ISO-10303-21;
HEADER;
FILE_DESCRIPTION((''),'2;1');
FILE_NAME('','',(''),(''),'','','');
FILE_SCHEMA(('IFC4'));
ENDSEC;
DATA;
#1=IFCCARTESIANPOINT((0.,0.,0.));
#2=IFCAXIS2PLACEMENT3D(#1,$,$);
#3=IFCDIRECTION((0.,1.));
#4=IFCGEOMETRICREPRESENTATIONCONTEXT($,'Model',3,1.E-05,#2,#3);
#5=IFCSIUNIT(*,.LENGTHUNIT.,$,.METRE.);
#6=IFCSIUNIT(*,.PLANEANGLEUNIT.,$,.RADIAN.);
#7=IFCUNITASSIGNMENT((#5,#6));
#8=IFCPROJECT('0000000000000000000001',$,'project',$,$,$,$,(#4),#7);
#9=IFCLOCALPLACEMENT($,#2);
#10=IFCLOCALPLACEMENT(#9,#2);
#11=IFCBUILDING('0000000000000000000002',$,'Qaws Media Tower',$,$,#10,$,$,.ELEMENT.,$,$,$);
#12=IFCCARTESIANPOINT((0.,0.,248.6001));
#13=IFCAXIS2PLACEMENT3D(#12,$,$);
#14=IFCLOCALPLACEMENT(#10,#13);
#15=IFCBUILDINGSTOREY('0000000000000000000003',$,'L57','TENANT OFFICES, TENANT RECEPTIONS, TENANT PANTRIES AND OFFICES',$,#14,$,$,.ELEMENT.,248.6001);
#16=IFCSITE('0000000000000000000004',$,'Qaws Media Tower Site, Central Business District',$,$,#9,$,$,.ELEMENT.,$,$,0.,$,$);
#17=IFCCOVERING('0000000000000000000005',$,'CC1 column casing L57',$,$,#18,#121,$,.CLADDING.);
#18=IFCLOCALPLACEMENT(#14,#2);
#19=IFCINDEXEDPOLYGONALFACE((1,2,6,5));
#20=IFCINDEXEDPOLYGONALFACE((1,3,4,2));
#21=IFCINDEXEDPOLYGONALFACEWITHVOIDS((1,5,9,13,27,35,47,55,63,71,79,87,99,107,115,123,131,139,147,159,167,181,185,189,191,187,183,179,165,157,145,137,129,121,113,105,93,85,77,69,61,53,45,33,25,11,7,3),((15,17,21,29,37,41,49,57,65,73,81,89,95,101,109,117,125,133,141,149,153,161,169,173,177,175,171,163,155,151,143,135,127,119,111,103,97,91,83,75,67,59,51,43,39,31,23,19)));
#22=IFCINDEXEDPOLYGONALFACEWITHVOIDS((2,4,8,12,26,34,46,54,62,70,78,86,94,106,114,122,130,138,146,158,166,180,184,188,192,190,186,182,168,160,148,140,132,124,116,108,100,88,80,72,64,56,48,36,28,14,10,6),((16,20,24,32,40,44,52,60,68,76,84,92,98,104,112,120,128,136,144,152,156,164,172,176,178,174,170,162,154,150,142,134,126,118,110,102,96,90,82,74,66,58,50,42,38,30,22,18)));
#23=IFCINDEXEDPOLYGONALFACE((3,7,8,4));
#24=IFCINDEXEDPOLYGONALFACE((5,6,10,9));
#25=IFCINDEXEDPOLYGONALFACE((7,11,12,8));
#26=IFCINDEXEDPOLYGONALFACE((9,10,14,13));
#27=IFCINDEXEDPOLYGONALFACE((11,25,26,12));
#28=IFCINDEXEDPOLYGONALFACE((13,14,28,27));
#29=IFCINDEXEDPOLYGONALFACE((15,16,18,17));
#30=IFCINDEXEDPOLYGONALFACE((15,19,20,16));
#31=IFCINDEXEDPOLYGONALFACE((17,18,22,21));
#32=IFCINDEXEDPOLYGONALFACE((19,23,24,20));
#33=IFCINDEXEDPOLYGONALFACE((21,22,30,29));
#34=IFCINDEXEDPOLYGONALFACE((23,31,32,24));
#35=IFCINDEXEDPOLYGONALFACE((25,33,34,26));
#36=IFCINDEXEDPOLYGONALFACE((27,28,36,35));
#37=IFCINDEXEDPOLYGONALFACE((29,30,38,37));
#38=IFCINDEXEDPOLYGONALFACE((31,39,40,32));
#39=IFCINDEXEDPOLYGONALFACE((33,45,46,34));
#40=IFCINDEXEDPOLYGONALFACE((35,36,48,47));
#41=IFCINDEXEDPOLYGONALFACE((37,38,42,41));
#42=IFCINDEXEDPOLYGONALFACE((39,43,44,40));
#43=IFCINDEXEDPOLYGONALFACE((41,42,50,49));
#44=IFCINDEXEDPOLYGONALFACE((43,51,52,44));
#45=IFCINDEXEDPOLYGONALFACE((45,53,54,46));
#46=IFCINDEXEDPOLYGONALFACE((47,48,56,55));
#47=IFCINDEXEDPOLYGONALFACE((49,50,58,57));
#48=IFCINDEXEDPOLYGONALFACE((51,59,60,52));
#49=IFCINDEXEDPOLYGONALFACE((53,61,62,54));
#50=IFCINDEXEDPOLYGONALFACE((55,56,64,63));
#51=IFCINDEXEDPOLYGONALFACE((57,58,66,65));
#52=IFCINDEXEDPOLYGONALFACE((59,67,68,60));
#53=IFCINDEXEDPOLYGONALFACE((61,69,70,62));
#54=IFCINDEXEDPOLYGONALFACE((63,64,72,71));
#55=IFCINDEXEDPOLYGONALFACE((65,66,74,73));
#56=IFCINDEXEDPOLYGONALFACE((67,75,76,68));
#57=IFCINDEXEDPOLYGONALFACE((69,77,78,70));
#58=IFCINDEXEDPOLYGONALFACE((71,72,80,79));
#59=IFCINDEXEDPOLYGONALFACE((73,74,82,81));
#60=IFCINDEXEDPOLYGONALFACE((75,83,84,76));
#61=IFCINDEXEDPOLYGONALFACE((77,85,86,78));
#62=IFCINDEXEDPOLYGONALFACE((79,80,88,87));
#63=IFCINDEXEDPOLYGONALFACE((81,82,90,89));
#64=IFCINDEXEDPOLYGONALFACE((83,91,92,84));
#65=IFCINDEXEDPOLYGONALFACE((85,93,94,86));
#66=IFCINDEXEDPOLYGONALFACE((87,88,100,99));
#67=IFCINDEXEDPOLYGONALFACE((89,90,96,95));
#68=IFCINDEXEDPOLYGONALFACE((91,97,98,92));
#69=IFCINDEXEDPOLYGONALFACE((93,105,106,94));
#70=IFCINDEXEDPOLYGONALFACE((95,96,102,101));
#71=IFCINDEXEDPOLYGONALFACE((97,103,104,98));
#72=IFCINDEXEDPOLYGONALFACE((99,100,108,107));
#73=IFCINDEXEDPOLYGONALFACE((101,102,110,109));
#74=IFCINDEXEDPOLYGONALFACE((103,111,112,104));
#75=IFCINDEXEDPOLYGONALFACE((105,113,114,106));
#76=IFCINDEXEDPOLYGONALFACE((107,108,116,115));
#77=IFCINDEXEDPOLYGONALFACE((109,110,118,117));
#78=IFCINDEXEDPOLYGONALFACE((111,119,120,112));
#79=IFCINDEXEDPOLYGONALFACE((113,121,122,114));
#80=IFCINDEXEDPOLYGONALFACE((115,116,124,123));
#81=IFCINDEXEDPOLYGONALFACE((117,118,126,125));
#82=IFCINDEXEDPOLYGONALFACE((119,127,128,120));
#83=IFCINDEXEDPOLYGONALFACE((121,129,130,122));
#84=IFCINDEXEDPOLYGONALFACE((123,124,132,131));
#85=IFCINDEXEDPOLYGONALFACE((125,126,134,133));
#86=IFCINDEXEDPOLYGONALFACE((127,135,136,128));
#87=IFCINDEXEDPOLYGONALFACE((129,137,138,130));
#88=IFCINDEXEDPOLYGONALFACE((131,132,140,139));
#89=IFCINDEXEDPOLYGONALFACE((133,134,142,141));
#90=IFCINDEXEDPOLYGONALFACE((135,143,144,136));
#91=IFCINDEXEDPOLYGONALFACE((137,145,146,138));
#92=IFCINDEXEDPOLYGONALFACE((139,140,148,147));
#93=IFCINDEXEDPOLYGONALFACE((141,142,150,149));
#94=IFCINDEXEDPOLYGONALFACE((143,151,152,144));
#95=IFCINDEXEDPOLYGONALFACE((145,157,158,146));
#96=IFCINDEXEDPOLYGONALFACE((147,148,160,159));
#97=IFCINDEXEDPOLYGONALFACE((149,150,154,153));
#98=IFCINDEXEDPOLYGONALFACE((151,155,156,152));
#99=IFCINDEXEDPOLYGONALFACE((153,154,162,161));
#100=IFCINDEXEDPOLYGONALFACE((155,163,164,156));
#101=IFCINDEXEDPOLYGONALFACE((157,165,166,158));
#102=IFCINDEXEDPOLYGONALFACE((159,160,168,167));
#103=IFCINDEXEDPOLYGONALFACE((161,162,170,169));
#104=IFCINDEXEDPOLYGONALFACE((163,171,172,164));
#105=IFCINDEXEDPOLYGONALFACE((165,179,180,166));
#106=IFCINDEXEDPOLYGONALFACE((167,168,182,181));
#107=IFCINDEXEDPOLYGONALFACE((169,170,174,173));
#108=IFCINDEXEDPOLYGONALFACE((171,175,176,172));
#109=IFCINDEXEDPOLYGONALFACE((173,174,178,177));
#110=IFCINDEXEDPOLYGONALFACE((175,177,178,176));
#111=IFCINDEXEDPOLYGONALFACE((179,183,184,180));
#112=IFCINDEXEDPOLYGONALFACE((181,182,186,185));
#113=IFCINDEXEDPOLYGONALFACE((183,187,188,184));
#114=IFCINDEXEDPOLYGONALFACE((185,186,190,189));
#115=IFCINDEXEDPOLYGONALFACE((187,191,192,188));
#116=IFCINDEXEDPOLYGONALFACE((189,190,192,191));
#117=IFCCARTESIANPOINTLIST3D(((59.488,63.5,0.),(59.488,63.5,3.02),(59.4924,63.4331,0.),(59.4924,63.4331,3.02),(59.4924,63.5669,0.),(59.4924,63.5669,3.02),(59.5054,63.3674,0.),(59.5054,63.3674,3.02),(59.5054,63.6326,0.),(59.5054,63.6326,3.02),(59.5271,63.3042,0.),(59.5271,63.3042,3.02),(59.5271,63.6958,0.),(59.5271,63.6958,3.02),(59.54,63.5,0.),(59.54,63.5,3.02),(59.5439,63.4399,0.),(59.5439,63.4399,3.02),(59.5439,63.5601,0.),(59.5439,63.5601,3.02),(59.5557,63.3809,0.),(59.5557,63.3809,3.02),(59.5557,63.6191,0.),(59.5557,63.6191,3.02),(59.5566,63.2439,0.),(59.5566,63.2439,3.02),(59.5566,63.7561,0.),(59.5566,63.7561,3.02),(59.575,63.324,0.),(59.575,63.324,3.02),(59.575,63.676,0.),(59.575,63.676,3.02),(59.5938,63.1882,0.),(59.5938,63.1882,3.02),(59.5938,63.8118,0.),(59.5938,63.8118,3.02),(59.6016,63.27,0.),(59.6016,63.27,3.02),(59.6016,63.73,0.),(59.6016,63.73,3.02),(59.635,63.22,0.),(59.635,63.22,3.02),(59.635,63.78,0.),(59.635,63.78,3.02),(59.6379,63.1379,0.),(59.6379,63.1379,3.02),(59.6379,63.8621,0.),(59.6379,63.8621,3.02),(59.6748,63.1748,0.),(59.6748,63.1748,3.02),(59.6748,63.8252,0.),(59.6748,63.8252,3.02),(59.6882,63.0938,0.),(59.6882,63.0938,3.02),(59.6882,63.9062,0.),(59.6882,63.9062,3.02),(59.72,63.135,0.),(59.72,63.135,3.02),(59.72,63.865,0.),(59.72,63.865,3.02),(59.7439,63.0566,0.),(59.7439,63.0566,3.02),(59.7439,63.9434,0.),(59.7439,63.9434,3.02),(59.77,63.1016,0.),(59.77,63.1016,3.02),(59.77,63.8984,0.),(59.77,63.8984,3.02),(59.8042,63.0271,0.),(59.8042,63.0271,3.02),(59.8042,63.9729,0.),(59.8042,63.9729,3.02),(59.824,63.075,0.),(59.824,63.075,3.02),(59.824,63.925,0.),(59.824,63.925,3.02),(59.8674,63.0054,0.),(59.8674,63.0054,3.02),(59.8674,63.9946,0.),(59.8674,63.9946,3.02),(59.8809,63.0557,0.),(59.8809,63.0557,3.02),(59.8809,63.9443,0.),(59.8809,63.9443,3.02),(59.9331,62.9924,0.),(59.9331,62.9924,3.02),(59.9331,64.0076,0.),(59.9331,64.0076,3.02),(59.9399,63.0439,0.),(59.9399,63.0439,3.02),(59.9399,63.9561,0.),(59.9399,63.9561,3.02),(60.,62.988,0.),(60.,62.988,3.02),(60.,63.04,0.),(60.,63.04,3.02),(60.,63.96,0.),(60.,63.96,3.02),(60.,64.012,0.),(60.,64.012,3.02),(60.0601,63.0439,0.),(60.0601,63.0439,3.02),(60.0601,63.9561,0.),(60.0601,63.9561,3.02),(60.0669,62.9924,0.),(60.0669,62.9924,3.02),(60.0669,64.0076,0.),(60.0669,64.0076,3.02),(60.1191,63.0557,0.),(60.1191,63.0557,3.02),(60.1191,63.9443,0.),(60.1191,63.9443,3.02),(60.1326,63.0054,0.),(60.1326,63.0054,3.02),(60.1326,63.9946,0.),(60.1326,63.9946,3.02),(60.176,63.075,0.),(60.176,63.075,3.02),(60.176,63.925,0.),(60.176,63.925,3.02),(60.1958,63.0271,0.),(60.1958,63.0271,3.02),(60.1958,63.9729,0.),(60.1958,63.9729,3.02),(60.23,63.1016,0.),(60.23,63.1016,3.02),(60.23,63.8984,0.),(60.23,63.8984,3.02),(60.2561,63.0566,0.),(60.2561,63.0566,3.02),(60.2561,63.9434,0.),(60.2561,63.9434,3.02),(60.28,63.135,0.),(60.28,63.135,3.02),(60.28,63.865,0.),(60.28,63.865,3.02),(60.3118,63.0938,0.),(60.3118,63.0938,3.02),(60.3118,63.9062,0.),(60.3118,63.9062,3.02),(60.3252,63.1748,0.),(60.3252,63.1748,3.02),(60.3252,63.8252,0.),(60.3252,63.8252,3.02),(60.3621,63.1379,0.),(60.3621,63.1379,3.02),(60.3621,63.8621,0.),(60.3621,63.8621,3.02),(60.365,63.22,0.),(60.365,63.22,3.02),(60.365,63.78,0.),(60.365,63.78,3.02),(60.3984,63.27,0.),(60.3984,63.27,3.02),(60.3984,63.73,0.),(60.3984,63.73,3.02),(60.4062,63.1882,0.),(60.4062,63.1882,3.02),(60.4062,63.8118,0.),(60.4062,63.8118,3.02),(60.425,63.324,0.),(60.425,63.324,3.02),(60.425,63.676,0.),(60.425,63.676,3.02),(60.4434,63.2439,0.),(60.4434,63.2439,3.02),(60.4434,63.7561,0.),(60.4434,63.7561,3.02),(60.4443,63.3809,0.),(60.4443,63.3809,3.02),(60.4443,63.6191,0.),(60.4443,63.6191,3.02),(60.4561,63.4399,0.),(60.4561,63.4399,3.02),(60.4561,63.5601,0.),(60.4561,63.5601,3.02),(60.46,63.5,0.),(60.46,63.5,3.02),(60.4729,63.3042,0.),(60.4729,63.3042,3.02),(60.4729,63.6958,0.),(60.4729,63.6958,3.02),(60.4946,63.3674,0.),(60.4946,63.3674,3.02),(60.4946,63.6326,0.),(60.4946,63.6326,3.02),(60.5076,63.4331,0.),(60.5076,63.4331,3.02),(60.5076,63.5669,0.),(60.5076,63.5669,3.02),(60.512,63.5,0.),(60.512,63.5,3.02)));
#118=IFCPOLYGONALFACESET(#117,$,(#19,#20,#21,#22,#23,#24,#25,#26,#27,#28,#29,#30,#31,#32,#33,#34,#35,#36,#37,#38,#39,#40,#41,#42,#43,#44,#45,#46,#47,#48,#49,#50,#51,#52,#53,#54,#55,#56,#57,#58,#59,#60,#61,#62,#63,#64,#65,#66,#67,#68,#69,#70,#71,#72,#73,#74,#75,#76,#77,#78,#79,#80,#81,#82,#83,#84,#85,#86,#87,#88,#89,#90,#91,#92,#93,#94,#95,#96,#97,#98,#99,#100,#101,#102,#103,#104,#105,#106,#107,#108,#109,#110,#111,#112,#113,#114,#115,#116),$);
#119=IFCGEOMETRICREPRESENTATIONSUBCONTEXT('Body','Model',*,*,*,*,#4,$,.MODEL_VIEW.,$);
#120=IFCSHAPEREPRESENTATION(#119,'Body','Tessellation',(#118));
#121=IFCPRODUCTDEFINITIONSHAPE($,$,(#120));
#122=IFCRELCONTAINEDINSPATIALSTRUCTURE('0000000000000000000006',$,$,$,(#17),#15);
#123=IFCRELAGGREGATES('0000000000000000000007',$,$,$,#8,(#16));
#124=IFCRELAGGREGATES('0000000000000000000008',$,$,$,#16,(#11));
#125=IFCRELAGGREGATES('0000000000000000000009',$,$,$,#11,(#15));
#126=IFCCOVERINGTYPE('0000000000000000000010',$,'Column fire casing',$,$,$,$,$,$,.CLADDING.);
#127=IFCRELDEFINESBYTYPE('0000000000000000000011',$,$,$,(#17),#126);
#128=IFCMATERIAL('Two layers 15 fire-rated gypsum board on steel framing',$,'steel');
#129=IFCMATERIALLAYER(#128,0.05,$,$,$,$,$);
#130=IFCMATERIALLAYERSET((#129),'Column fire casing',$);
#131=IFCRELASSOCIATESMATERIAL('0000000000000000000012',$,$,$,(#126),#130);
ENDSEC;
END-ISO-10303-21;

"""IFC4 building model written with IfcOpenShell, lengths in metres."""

from ifc_helpers import new_model, si_unit, direction, frame, origin, place, context, subcontext, project, spatial, polyline, outline, extrude, material, layer, layer_set, type_object, element, save


model = new_model("IFC4")

# Units and contexts
model_context = context("Model", 3, precision=1e-05, world=origin(), true_north=direction((0.0, 1.0)))
body_context = subcontext(model_context, "Body", "Model", "MODEL_VIEW")
ifc_project = project(units=[si_unit("LENGTHUNIT", "METRE"), si_unit("PLANEANGLEUNIT", "RADIAN")], contexts=[model_context])

# Site, building, storey
site_placement = place(None, origin())
site = spatial("IfcSite", under=ifc_project, at=site_placement, Name="Qaws Media Tower Site, Central Business District", CompositionType="ELEMENT", RefElevation=0.0)
building_placement = place(site_placement, origin())
building = spatial("IfcBuilding", under=site, at=building_placement, Name="Qaws Media Tower", CompositionType="ELEMENT")
storey_placement = place(building_placement, frame((0.0, 0.0, 248.6001)))
storey = spatial("IfcBuildingStorey", under=building, at=storey_placement, Name="L57", Description="TENANT OFFICES, TENANT RECEPTIONS, TENANT PANTRIES AND OFFICES", CompositionType="ELEMENT", Elevation=248.6001)

# Covering
ifc_material_1 = material(Name="Two layers 15 fire-rated gypsum board on steel framing", Category="steel")
ifc_layer_1 = layer(ifc_material_1, 0.05)
ifc_layer_set_1 = layer_set([ifc_layer_1], Name="Column fire casing")
covering_type = type_object("IfcCoveringType", Name="Column fire casing", PredefinedType="CLADDING", material=ifc_layer_set_1)
covering_1_placement = place(storey_placement, origin())
element("IfcCovering", 1, at=covering_1_placement, inside=storey, type_object=covering_type, Name="CC1 column casing L57", PredefinedType="CLADDING", context=body_context, shape_type="SweptSolid", body=[
    extrude(outline(polyline([(60.512, 63.5), (60.5076, 63.4331), (60.4946, 63.3674), (60.4729, 63.3042), (60.4434, 63.2439), (60.4062, 63.1882), (60.3621, 63.1379), (60.3118, 63.0938), (60.2561, 63.0566), (60.1958, 63.0271), (60.1326, 63.0054), (60.0669, 62.9924), (60.0, 62.988), (59.9331, 62.9924), (59.8674, 63.0054), (59.8042, 63.0271), (59.7439, 63.0566), (59.6882, 63.0938), (59.6379, 63.1379), (59.5938, 63.1882), (59.5566, 63.2439), (59.5271, 63.3042), (59.5054, 63.3674), (59.4924, 63.4331), (59.488, 63.5), (59.4924, 63.5669), (59.5054, 63.6326), (59.5271, 63.6958), (59.5566, 63.7561), (59.5938, 63.8118), (59.6379, 63.8621), (59.6882, 63.9062), (59.7439, 63.9434), (59.8042, 63.9729), (59.8674, 63.9946), (59.9331, 64.0076), (60.0, 64.012), (60.0669, 64.0076), (60.1326, 63.9946), (60.1958, 63.9729), (60.2561, 63.9434), (60.3118, 63.9062), (60.3621, 63.8621), (60.4062, 63.8118), (60.4434, 63.7561), (60.4729, 63.6958), (60.4946, 63.6326), (60.5076, 63.5669), (60.512, 63.5)]), holes=[polyline([(60.46, 63.5), (60.4561, 63.4399), (60.4443, 63.3809), (60.425, 63.324), (60.3984, 63.27), (60.365, 63.22), (60.3252, 63.1748), (60.28, 63.135), (60.23, 63.1016), (60.176, 63.075), (60.1191, 63.0557), (60.0601, 63.0439), (60.0, 63.04), (59.9399, 63.0439), (59.8809, 63.0557), (59.824, 63.075), (59.77, 63.1016), (59.72, 63.135), (59.6748, 63.1748), (59.635, 63.22), (59.6016, 63.27), (59.575, 63.324), (59.5557, 63.3809), (59.5439, 63.4399), (59.54, 63.5), (59.5439, 63.5601), (59.5557, 63.6191), (59.575, 63.676), (59.6016, 63.73), (59.635, 63.78), (59.6748, 63.8252), (59.72, 63.865), (59.77, 63.8984), (59.824, 63.925), (59.8809, 63.9443), (59.9399, 63.9561), (60.0, 63.96), (60.0601, 63.9561), (60.1191, 63.9443), (60.176, 63.925), (60.23, 63.8984), (60.28, 63.865), (60.3252, 63.8252), (60.365, 63.78), (60.3984, 63.73), (60.425, 63.676), (60.4443, 63.6191), (60.4561, 63.5601), (60.46, 63.5)])]), origin(), (0.0, 0.0, 1.0), 3.02),
])

save(model, "model.ifc")
